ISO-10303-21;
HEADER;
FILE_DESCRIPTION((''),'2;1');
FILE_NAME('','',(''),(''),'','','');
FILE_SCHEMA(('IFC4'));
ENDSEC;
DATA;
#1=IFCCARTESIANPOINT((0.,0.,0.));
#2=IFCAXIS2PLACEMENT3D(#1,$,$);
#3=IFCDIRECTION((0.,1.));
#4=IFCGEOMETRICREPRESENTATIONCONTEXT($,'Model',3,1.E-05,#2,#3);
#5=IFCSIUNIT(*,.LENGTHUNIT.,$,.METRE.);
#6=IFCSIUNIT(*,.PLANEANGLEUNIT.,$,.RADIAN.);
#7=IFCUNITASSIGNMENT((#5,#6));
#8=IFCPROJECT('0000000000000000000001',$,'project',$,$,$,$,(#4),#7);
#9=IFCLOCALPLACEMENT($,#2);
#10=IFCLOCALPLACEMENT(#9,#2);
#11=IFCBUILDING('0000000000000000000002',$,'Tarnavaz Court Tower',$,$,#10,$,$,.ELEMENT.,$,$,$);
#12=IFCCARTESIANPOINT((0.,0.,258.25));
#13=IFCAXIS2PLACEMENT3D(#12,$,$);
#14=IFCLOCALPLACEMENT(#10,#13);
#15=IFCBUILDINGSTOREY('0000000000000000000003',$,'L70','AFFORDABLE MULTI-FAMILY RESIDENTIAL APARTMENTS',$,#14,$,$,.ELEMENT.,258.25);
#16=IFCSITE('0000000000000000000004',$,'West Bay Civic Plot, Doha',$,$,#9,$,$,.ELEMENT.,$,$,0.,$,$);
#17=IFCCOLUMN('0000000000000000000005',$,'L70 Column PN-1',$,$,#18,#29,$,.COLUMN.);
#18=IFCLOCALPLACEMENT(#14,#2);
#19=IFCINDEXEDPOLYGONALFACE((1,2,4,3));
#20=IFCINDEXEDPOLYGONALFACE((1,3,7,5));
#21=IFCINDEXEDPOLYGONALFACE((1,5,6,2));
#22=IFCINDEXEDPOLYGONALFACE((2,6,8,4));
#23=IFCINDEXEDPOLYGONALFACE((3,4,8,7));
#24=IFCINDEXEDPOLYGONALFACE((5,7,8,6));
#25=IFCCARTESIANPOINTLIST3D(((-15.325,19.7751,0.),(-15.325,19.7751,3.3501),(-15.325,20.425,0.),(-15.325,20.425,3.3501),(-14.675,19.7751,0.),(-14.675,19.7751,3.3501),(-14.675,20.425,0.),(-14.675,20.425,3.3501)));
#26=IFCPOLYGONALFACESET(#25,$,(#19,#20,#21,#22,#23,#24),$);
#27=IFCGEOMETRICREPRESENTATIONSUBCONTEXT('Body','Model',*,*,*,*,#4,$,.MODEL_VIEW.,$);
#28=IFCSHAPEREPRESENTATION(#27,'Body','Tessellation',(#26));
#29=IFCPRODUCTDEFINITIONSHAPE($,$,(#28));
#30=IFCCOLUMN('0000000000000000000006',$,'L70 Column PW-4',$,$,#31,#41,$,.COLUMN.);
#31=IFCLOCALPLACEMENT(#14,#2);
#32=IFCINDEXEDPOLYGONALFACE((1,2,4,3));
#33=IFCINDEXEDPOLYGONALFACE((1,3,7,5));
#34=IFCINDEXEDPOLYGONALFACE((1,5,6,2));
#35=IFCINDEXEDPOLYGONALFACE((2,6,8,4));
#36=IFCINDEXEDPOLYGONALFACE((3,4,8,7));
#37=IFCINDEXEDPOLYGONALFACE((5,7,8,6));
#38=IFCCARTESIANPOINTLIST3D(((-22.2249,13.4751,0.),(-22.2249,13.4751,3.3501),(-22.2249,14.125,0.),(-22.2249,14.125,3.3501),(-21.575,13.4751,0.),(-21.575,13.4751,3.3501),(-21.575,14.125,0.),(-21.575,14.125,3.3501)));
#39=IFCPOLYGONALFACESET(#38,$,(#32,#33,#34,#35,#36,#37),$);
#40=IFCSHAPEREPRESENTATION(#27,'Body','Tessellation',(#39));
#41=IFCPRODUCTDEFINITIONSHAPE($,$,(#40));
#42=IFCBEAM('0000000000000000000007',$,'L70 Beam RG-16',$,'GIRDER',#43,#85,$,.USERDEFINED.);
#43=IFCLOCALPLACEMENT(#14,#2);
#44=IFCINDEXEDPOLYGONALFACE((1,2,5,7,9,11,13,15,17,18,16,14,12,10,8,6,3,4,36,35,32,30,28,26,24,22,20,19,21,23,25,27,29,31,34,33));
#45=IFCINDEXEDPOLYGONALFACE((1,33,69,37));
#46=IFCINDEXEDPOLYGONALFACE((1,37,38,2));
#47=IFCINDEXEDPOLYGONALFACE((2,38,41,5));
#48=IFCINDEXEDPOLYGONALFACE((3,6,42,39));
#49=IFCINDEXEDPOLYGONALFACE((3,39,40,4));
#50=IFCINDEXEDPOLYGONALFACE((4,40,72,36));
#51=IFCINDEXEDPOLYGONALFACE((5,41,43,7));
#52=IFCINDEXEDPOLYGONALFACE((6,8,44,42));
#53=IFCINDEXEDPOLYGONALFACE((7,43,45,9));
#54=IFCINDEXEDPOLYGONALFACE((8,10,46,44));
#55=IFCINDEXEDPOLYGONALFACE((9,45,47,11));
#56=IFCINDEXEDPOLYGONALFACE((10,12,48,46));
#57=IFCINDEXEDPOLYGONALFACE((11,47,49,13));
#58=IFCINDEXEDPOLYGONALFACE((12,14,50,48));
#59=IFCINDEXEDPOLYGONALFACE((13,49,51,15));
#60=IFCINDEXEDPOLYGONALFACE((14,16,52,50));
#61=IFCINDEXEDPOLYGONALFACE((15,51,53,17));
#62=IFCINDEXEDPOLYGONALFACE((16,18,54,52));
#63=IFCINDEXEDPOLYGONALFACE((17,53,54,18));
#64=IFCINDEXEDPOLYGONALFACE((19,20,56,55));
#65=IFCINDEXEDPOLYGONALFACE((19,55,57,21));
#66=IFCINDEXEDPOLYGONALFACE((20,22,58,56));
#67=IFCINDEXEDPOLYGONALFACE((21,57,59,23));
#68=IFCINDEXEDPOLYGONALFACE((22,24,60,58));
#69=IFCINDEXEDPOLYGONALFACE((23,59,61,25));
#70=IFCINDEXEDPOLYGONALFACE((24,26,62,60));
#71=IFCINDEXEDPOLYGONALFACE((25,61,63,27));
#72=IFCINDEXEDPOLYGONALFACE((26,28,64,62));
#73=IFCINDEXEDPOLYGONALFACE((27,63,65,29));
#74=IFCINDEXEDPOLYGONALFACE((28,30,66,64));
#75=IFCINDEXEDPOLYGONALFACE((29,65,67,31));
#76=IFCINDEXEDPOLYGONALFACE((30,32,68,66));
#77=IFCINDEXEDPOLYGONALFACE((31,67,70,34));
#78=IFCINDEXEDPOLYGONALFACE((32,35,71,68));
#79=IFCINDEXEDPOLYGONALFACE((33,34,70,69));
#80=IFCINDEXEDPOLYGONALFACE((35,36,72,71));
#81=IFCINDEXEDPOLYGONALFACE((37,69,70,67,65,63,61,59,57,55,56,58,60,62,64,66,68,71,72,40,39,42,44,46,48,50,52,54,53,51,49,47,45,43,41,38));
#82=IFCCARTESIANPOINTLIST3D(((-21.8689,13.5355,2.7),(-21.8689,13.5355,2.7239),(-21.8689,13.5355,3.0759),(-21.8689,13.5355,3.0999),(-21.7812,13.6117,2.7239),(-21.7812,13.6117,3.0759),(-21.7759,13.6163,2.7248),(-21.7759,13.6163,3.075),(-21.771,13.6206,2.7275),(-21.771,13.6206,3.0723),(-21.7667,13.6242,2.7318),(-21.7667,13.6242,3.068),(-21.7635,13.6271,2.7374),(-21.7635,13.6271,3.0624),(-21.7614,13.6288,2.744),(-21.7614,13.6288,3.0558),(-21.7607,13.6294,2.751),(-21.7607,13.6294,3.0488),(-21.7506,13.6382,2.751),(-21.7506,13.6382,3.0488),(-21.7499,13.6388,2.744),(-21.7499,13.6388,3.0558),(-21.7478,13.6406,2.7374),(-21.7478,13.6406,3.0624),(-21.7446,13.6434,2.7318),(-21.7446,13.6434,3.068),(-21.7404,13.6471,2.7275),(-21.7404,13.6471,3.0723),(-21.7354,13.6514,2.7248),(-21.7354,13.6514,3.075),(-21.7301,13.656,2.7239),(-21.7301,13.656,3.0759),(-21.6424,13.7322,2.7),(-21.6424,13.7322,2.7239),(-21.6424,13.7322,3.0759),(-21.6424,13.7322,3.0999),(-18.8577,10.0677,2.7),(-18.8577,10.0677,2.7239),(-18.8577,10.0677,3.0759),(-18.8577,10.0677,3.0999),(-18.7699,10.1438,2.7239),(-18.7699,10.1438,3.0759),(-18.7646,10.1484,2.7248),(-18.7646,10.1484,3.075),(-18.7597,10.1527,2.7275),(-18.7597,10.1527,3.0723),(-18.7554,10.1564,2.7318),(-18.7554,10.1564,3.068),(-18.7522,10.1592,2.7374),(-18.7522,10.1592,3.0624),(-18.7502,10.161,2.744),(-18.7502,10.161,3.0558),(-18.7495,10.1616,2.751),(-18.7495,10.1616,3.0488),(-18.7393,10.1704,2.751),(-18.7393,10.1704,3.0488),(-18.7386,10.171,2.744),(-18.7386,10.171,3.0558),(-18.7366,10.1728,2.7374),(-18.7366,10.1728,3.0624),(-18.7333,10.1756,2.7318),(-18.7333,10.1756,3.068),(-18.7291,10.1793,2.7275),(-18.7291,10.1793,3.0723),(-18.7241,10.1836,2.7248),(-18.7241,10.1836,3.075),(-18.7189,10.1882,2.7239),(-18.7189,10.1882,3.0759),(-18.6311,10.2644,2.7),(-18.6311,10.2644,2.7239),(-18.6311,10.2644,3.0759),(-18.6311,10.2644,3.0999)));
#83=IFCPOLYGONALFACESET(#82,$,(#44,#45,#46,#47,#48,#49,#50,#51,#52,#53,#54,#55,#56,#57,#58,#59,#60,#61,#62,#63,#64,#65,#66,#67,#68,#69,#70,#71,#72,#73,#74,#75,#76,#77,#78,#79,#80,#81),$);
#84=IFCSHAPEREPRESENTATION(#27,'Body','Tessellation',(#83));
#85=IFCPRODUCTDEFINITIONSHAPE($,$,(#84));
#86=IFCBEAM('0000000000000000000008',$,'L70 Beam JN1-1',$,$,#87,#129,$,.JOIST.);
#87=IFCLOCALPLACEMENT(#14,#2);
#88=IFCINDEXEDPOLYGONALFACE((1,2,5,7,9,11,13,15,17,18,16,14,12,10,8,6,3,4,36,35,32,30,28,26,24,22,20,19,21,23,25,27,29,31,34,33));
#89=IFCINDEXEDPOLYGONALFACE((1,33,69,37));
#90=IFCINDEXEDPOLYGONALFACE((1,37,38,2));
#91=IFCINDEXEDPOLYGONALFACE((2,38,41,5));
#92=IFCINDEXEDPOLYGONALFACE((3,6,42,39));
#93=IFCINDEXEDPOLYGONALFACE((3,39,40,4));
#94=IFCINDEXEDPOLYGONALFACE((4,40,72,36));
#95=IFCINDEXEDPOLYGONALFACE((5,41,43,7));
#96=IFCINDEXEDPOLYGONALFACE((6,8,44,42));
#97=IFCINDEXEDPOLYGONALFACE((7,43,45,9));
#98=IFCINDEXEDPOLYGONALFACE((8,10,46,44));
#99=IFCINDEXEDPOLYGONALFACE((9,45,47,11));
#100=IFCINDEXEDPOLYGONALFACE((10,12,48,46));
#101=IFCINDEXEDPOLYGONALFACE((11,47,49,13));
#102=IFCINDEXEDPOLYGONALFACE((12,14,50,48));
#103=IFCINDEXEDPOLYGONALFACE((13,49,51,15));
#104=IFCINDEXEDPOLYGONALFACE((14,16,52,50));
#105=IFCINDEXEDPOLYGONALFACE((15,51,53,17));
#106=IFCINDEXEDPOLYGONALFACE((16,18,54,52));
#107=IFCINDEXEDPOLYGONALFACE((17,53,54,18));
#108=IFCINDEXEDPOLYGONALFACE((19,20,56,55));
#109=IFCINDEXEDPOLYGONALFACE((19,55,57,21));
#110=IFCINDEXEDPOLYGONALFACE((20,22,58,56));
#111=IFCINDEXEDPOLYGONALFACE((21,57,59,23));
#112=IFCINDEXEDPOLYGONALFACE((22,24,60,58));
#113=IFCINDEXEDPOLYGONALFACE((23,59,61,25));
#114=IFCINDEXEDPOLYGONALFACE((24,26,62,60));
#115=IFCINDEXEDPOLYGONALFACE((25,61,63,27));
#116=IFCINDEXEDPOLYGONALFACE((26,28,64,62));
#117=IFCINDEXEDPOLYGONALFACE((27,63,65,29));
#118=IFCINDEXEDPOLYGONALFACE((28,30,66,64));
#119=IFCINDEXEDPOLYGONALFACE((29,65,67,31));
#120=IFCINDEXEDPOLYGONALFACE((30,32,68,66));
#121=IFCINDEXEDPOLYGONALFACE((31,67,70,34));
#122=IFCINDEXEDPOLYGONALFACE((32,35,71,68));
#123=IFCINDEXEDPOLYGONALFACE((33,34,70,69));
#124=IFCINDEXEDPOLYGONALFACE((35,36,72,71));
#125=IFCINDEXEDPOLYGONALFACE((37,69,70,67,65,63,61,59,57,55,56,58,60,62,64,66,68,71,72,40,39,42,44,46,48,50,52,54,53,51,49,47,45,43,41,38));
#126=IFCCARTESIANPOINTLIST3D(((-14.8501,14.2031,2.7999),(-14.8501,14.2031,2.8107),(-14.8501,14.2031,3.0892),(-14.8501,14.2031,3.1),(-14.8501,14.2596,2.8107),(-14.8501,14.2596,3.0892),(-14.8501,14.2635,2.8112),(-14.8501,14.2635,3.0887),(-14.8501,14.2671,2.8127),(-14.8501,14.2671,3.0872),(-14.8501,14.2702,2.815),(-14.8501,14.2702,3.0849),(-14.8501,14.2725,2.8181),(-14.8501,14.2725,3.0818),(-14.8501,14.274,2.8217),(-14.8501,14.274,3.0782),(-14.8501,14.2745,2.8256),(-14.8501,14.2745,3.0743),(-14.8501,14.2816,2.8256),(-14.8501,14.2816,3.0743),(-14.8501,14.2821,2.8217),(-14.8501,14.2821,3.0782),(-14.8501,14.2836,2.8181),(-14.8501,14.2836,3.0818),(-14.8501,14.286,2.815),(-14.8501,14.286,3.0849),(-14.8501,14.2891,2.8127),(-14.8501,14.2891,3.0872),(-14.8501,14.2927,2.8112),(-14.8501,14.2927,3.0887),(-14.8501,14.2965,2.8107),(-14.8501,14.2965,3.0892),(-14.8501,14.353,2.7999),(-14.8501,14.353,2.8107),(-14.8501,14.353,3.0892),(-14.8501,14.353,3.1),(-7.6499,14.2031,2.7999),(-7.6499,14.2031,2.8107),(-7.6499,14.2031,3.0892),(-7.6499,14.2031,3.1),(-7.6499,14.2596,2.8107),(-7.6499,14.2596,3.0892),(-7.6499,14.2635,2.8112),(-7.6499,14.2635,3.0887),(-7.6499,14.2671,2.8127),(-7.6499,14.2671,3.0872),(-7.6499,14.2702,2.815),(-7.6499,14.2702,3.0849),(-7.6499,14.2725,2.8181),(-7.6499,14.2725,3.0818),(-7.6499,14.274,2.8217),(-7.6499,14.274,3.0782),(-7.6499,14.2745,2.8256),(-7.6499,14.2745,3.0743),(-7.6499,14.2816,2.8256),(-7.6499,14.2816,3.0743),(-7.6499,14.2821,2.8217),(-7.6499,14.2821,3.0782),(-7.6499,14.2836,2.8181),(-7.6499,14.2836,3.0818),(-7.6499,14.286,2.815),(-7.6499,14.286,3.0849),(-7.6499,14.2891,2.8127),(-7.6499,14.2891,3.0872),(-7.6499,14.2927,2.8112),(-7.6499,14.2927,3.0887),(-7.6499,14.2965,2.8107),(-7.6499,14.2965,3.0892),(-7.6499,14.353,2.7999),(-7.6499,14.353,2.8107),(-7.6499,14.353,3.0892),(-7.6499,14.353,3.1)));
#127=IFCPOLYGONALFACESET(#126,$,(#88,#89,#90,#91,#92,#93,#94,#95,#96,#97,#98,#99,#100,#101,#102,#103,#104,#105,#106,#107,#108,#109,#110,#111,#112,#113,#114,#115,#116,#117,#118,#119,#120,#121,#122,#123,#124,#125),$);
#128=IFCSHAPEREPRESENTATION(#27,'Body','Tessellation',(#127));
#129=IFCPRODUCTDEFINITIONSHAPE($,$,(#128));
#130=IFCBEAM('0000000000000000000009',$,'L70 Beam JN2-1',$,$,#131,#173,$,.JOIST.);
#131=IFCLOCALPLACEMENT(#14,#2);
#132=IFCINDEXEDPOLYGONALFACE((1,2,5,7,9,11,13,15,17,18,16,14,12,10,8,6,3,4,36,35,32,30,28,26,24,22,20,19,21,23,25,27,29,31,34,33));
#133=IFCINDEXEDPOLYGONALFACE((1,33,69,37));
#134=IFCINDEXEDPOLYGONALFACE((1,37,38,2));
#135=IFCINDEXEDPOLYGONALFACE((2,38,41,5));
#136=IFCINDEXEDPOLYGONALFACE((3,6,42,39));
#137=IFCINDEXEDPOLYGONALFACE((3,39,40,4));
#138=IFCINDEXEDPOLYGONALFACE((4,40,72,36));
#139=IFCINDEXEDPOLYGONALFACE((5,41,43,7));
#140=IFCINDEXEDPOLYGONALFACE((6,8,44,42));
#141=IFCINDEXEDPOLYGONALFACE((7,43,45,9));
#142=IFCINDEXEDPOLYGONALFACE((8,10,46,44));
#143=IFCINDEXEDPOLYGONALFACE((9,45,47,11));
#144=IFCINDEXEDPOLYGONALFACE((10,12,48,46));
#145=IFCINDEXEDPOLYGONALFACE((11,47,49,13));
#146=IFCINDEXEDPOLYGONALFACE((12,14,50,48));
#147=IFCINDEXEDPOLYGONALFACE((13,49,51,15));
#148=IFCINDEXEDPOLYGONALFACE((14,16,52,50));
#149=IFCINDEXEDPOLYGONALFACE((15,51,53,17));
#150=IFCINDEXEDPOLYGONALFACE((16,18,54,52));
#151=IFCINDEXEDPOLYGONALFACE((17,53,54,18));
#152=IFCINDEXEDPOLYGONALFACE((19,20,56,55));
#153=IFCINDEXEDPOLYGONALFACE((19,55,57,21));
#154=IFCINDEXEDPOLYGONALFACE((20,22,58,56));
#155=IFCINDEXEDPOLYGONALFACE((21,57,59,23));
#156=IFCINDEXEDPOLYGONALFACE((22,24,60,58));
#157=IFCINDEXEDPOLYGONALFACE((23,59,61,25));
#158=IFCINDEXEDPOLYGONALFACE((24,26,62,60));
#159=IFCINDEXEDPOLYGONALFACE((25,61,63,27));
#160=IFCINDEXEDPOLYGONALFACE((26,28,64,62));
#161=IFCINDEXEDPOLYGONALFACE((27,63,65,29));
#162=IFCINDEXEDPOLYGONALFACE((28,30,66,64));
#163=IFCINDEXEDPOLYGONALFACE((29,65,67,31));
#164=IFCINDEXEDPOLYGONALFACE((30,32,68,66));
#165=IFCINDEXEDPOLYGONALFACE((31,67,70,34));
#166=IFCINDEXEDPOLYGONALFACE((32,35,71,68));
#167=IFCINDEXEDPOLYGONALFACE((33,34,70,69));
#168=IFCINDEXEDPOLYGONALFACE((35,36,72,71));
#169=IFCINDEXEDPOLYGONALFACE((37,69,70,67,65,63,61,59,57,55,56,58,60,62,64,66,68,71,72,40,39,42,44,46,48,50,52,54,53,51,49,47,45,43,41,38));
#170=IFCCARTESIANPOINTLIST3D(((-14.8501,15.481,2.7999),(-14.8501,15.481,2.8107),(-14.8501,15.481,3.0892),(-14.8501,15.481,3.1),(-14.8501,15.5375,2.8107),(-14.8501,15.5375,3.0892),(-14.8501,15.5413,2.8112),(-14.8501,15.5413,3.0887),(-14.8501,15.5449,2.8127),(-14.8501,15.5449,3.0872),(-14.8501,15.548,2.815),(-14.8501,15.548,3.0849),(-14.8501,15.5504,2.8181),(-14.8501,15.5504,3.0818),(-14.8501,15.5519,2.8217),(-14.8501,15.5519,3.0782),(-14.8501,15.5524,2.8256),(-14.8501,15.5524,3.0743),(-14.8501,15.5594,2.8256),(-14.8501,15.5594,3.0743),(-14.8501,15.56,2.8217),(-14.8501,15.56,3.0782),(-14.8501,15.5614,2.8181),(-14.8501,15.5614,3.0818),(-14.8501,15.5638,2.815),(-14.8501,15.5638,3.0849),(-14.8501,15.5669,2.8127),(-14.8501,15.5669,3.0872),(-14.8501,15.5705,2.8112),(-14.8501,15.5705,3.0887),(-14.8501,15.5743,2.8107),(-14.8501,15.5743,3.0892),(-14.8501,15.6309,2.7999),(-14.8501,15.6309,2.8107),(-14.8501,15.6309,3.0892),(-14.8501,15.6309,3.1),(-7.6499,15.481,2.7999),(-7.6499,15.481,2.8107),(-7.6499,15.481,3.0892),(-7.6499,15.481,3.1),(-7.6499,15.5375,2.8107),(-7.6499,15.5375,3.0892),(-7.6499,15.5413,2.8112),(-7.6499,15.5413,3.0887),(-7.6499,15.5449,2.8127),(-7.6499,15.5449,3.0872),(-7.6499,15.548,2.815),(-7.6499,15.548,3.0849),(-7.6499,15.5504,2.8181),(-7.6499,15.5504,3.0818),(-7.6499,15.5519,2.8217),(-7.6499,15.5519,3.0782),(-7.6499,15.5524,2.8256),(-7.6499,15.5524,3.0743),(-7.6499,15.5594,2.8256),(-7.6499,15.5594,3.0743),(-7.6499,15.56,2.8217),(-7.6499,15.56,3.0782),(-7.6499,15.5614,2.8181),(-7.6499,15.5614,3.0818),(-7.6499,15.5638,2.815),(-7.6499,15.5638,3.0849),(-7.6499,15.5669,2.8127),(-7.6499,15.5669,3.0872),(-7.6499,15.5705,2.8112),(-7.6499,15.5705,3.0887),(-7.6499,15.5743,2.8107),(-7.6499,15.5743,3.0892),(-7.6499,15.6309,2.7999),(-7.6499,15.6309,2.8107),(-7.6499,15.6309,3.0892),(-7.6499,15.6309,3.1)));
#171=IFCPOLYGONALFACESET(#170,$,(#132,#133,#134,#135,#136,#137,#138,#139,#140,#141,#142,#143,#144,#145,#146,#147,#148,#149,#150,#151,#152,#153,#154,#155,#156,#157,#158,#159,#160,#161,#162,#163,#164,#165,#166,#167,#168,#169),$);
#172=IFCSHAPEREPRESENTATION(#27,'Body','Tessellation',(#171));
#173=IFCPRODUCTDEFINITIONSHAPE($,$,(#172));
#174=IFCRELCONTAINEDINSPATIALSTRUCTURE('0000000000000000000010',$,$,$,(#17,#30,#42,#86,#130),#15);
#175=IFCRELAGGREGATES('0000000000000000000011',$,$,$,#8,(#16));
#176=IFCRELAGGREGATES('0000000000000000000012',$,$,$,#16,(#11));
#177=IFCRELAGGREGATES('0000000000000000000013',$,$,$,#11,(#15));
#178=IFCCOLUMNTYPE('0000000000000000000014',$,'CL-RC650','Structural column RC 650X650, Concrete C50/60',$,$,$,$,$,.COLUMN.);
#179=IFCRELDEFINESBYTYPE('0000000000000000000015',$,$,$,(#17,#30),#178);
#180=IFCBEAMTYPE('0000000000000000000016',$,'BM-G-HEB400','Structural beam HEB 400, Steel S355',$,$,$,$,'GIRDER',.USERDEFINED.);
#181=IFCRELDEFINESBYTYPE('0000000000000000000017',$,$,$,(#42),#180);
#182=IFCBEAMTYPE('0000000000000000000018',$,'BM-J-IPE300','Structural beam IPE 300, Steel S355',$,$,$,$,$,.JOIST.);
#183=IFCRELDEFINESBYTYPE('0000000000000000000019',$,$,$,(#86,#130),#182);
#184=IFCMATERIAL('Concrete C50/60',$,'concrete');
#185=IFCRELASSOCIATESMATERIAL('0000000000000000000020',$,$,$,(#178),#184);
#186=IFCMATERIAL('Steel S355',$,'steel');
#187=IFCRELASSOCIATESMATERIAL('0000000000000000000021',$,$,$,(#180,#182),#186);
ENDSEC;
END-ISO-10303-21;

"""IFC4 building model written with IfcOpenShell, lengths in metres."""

from ifc_helpers import new_model, si_unit, direction, frame, origin, origin_2d, place, context, subcontext, project, spatial, rectangle, i_section, extrude, material, material_profile, profile_set, type_object, element, save


model = new_model("IFC4")

# Units and contexts
model_context = context("Model", 3, precision=1e-05, world=origin(), true_north=direction((0.0, 1.0)))
body_context = subcontext(model_context, "Body", "Model", "MODEL_VIEW")
ifc_project = project(units=[si_unit("LENGTHUNIT", "METRE"), si_unit("PLANEANGLEUNIT", "RADIAN")], contexts=[model_context])

# Site, building, storey
site_placement = place(None, origin())
site = spatial("IfcSite", under=ifc_project, at=site_placement, Name="West Bay Civic Plot, Doha", CompositionType="ELEMENT", RefElevation=0.0)
building_placement = place(site_placement, origin())
building = spatial("IfcBuilding", under=site, at=building_placement, Name="Tarnavaz Court Tower", CompositionType="ELEMENT")
storey_placement = place(building_placement, frame((0.0, 0.0, 258.25)))
storey = spatial("IfcBuildingStorey", under=building, at=storey_placement, Name="L70", Description="AFFORDABLE MULTI-FAMILY RESIDENTIAL APARTMENTS", CompositionType="ELEMENT", Elevation=258.25)

# Columns
ifc_material_1 = material(Name="Concrete C50/60", Category="concrete")
ifc_material_profile_1 = material_profile(ifc_material_1, rectangle(XDim=0.6499, YDim=0.6499, at=origin_2d()), Name="RC 650X650")
ifc_profile_set_1 = profile_set([ifc_material_profile_1], Name="Concrete C50/60")
column_type = type_object("IfcColumnType", Name="CL-RC650", Description="Structural column RC 650X650, Concrete C50/60", PredefinedType="COLUMN", material=ifc_profile_set_1)
for number, where, z_axis, x_axis, name in (
    (1, (-15.0, 20.1001, 0.0), (0.0, 0.0, 1.0), (1.0, 0.0, 0.0), "L70 Column PN-1"),
    (2, (-21.8999, 13.8, 0.0), (0.0, 0.0, 1.0), (1.0, 0.0, 0.0), "L70 Column PW-4"),
):
    element("IfcColumn", number, at=place(storey_placement, frame(where, z_axis=z_axis, x_axis=x_axis)), inside=storey, type_object=column_type, Name=name, PredefinedType="COLUMN", context=body_context, shape_type="SweptSolid", body=[
        extrude(rectangle(XDim=0.6499, YDim=0.6499, at=origin_2d()), origin(), (0.0, 0.0, 1.0), 3.3501),
    ])

# Beams
ifc_material_2 = material(Name="Steel S355", Category="steel")
ifc_material_profile_2 = material_profile(ifc_material_2, i_section(OverallWidth=0.3, OverallDepth=0.3999, WebThickness=0.0134, FlangeThickness=0.0239, FilletRadius=0.0271, at=origin_2d()), Name="HEB 400")
ifc_profile_set_2 = profile_set([ifc_material_profile_2], Name="Steel S355")
beam_type_1 = type_object("IfcBeamType", Name="BM-G-HEB400", Description="Structural beam HEB 400, Steel S355", ElementType="GIRDER", PredefinedType="USERDEFINED", material=ifc_profile_set_2)
beam_1_placement = place(storey_placement, frame((-18.7444, 10.166, 2.8999), z_axis=(-0.655655, 0.755061, 0.0), x_axis=(-0.755061, -0.655655, 0.0)))
element("IfcBeam", 3, at=beam_1_placement, inside=storey, type_object=beam_type_1, Name="L70 Beam RG-16", ObjectType="GIRDER", PredefinedType="USERDEFINED", context=body_context, shape_type="SweptSolid", body=[
    extrude(i_section(OverallWidth=0.3, OverallDepth=0.3999, WebThickness=0.0134, FlangeThickness=0.0239, FilletRadius=0.0271, at=origin_2d()), origin(), (0.0, 0.0, 1.0), 4.5928),
])
ifc_material_profile_3 = material_profile(ifc_material_2, i_section(OverallWidth=0.1499, OverallDepth=0.3, WebThickness=0.0071, FlangeThickness=0.0107, FilletRadius=0.0149, at=origin_2d()), Name="IPE 300")
ifc_profile_set_3 = profile_set([ifc_material_profile_3], Name="Steel S355")
beam_type_2 = type_object("IfcBeamType", Name="BM-J-IPE300", Description="Structural beam IPE 300, Steel S355", PredefinedType="JOIST", material=ifc_profile_set_3)
for number, where, z_axis, x_axis, name in (
    (4, (-14.8501, 14.2781, 2.95), (1.0, 0.0, 0.0), (0.0, 1.0, 0.0), "L70 Beam JN1-1"),
    (5, (-14.8501, 15.5559, 2.95), (1.0, 0.0, 0.0), (0.0, 1.0, 0.0), "L70 Beam JN2-1"),
):
    element("IfcBeam", number, at=place(storey_placement, frame(where, z_axis=z_axis, x_axis=x_axis)), inside=storey, type_object=beam_type_2, Name=name, PredefinedType="JOIST", context=body_context, shape_type="SweptSolid", body=[
        extrude(i_section(OverallWidth=0.1499, OverallDepth=0.3, WebThickness=0.0071, FlangeThickness=0.0107, FilletRadius=0.0149, at=origin_2d()), origin(), (0.0, 0.0, 1.0), 7.2002),
    ])

save(model, "model.ifc")
